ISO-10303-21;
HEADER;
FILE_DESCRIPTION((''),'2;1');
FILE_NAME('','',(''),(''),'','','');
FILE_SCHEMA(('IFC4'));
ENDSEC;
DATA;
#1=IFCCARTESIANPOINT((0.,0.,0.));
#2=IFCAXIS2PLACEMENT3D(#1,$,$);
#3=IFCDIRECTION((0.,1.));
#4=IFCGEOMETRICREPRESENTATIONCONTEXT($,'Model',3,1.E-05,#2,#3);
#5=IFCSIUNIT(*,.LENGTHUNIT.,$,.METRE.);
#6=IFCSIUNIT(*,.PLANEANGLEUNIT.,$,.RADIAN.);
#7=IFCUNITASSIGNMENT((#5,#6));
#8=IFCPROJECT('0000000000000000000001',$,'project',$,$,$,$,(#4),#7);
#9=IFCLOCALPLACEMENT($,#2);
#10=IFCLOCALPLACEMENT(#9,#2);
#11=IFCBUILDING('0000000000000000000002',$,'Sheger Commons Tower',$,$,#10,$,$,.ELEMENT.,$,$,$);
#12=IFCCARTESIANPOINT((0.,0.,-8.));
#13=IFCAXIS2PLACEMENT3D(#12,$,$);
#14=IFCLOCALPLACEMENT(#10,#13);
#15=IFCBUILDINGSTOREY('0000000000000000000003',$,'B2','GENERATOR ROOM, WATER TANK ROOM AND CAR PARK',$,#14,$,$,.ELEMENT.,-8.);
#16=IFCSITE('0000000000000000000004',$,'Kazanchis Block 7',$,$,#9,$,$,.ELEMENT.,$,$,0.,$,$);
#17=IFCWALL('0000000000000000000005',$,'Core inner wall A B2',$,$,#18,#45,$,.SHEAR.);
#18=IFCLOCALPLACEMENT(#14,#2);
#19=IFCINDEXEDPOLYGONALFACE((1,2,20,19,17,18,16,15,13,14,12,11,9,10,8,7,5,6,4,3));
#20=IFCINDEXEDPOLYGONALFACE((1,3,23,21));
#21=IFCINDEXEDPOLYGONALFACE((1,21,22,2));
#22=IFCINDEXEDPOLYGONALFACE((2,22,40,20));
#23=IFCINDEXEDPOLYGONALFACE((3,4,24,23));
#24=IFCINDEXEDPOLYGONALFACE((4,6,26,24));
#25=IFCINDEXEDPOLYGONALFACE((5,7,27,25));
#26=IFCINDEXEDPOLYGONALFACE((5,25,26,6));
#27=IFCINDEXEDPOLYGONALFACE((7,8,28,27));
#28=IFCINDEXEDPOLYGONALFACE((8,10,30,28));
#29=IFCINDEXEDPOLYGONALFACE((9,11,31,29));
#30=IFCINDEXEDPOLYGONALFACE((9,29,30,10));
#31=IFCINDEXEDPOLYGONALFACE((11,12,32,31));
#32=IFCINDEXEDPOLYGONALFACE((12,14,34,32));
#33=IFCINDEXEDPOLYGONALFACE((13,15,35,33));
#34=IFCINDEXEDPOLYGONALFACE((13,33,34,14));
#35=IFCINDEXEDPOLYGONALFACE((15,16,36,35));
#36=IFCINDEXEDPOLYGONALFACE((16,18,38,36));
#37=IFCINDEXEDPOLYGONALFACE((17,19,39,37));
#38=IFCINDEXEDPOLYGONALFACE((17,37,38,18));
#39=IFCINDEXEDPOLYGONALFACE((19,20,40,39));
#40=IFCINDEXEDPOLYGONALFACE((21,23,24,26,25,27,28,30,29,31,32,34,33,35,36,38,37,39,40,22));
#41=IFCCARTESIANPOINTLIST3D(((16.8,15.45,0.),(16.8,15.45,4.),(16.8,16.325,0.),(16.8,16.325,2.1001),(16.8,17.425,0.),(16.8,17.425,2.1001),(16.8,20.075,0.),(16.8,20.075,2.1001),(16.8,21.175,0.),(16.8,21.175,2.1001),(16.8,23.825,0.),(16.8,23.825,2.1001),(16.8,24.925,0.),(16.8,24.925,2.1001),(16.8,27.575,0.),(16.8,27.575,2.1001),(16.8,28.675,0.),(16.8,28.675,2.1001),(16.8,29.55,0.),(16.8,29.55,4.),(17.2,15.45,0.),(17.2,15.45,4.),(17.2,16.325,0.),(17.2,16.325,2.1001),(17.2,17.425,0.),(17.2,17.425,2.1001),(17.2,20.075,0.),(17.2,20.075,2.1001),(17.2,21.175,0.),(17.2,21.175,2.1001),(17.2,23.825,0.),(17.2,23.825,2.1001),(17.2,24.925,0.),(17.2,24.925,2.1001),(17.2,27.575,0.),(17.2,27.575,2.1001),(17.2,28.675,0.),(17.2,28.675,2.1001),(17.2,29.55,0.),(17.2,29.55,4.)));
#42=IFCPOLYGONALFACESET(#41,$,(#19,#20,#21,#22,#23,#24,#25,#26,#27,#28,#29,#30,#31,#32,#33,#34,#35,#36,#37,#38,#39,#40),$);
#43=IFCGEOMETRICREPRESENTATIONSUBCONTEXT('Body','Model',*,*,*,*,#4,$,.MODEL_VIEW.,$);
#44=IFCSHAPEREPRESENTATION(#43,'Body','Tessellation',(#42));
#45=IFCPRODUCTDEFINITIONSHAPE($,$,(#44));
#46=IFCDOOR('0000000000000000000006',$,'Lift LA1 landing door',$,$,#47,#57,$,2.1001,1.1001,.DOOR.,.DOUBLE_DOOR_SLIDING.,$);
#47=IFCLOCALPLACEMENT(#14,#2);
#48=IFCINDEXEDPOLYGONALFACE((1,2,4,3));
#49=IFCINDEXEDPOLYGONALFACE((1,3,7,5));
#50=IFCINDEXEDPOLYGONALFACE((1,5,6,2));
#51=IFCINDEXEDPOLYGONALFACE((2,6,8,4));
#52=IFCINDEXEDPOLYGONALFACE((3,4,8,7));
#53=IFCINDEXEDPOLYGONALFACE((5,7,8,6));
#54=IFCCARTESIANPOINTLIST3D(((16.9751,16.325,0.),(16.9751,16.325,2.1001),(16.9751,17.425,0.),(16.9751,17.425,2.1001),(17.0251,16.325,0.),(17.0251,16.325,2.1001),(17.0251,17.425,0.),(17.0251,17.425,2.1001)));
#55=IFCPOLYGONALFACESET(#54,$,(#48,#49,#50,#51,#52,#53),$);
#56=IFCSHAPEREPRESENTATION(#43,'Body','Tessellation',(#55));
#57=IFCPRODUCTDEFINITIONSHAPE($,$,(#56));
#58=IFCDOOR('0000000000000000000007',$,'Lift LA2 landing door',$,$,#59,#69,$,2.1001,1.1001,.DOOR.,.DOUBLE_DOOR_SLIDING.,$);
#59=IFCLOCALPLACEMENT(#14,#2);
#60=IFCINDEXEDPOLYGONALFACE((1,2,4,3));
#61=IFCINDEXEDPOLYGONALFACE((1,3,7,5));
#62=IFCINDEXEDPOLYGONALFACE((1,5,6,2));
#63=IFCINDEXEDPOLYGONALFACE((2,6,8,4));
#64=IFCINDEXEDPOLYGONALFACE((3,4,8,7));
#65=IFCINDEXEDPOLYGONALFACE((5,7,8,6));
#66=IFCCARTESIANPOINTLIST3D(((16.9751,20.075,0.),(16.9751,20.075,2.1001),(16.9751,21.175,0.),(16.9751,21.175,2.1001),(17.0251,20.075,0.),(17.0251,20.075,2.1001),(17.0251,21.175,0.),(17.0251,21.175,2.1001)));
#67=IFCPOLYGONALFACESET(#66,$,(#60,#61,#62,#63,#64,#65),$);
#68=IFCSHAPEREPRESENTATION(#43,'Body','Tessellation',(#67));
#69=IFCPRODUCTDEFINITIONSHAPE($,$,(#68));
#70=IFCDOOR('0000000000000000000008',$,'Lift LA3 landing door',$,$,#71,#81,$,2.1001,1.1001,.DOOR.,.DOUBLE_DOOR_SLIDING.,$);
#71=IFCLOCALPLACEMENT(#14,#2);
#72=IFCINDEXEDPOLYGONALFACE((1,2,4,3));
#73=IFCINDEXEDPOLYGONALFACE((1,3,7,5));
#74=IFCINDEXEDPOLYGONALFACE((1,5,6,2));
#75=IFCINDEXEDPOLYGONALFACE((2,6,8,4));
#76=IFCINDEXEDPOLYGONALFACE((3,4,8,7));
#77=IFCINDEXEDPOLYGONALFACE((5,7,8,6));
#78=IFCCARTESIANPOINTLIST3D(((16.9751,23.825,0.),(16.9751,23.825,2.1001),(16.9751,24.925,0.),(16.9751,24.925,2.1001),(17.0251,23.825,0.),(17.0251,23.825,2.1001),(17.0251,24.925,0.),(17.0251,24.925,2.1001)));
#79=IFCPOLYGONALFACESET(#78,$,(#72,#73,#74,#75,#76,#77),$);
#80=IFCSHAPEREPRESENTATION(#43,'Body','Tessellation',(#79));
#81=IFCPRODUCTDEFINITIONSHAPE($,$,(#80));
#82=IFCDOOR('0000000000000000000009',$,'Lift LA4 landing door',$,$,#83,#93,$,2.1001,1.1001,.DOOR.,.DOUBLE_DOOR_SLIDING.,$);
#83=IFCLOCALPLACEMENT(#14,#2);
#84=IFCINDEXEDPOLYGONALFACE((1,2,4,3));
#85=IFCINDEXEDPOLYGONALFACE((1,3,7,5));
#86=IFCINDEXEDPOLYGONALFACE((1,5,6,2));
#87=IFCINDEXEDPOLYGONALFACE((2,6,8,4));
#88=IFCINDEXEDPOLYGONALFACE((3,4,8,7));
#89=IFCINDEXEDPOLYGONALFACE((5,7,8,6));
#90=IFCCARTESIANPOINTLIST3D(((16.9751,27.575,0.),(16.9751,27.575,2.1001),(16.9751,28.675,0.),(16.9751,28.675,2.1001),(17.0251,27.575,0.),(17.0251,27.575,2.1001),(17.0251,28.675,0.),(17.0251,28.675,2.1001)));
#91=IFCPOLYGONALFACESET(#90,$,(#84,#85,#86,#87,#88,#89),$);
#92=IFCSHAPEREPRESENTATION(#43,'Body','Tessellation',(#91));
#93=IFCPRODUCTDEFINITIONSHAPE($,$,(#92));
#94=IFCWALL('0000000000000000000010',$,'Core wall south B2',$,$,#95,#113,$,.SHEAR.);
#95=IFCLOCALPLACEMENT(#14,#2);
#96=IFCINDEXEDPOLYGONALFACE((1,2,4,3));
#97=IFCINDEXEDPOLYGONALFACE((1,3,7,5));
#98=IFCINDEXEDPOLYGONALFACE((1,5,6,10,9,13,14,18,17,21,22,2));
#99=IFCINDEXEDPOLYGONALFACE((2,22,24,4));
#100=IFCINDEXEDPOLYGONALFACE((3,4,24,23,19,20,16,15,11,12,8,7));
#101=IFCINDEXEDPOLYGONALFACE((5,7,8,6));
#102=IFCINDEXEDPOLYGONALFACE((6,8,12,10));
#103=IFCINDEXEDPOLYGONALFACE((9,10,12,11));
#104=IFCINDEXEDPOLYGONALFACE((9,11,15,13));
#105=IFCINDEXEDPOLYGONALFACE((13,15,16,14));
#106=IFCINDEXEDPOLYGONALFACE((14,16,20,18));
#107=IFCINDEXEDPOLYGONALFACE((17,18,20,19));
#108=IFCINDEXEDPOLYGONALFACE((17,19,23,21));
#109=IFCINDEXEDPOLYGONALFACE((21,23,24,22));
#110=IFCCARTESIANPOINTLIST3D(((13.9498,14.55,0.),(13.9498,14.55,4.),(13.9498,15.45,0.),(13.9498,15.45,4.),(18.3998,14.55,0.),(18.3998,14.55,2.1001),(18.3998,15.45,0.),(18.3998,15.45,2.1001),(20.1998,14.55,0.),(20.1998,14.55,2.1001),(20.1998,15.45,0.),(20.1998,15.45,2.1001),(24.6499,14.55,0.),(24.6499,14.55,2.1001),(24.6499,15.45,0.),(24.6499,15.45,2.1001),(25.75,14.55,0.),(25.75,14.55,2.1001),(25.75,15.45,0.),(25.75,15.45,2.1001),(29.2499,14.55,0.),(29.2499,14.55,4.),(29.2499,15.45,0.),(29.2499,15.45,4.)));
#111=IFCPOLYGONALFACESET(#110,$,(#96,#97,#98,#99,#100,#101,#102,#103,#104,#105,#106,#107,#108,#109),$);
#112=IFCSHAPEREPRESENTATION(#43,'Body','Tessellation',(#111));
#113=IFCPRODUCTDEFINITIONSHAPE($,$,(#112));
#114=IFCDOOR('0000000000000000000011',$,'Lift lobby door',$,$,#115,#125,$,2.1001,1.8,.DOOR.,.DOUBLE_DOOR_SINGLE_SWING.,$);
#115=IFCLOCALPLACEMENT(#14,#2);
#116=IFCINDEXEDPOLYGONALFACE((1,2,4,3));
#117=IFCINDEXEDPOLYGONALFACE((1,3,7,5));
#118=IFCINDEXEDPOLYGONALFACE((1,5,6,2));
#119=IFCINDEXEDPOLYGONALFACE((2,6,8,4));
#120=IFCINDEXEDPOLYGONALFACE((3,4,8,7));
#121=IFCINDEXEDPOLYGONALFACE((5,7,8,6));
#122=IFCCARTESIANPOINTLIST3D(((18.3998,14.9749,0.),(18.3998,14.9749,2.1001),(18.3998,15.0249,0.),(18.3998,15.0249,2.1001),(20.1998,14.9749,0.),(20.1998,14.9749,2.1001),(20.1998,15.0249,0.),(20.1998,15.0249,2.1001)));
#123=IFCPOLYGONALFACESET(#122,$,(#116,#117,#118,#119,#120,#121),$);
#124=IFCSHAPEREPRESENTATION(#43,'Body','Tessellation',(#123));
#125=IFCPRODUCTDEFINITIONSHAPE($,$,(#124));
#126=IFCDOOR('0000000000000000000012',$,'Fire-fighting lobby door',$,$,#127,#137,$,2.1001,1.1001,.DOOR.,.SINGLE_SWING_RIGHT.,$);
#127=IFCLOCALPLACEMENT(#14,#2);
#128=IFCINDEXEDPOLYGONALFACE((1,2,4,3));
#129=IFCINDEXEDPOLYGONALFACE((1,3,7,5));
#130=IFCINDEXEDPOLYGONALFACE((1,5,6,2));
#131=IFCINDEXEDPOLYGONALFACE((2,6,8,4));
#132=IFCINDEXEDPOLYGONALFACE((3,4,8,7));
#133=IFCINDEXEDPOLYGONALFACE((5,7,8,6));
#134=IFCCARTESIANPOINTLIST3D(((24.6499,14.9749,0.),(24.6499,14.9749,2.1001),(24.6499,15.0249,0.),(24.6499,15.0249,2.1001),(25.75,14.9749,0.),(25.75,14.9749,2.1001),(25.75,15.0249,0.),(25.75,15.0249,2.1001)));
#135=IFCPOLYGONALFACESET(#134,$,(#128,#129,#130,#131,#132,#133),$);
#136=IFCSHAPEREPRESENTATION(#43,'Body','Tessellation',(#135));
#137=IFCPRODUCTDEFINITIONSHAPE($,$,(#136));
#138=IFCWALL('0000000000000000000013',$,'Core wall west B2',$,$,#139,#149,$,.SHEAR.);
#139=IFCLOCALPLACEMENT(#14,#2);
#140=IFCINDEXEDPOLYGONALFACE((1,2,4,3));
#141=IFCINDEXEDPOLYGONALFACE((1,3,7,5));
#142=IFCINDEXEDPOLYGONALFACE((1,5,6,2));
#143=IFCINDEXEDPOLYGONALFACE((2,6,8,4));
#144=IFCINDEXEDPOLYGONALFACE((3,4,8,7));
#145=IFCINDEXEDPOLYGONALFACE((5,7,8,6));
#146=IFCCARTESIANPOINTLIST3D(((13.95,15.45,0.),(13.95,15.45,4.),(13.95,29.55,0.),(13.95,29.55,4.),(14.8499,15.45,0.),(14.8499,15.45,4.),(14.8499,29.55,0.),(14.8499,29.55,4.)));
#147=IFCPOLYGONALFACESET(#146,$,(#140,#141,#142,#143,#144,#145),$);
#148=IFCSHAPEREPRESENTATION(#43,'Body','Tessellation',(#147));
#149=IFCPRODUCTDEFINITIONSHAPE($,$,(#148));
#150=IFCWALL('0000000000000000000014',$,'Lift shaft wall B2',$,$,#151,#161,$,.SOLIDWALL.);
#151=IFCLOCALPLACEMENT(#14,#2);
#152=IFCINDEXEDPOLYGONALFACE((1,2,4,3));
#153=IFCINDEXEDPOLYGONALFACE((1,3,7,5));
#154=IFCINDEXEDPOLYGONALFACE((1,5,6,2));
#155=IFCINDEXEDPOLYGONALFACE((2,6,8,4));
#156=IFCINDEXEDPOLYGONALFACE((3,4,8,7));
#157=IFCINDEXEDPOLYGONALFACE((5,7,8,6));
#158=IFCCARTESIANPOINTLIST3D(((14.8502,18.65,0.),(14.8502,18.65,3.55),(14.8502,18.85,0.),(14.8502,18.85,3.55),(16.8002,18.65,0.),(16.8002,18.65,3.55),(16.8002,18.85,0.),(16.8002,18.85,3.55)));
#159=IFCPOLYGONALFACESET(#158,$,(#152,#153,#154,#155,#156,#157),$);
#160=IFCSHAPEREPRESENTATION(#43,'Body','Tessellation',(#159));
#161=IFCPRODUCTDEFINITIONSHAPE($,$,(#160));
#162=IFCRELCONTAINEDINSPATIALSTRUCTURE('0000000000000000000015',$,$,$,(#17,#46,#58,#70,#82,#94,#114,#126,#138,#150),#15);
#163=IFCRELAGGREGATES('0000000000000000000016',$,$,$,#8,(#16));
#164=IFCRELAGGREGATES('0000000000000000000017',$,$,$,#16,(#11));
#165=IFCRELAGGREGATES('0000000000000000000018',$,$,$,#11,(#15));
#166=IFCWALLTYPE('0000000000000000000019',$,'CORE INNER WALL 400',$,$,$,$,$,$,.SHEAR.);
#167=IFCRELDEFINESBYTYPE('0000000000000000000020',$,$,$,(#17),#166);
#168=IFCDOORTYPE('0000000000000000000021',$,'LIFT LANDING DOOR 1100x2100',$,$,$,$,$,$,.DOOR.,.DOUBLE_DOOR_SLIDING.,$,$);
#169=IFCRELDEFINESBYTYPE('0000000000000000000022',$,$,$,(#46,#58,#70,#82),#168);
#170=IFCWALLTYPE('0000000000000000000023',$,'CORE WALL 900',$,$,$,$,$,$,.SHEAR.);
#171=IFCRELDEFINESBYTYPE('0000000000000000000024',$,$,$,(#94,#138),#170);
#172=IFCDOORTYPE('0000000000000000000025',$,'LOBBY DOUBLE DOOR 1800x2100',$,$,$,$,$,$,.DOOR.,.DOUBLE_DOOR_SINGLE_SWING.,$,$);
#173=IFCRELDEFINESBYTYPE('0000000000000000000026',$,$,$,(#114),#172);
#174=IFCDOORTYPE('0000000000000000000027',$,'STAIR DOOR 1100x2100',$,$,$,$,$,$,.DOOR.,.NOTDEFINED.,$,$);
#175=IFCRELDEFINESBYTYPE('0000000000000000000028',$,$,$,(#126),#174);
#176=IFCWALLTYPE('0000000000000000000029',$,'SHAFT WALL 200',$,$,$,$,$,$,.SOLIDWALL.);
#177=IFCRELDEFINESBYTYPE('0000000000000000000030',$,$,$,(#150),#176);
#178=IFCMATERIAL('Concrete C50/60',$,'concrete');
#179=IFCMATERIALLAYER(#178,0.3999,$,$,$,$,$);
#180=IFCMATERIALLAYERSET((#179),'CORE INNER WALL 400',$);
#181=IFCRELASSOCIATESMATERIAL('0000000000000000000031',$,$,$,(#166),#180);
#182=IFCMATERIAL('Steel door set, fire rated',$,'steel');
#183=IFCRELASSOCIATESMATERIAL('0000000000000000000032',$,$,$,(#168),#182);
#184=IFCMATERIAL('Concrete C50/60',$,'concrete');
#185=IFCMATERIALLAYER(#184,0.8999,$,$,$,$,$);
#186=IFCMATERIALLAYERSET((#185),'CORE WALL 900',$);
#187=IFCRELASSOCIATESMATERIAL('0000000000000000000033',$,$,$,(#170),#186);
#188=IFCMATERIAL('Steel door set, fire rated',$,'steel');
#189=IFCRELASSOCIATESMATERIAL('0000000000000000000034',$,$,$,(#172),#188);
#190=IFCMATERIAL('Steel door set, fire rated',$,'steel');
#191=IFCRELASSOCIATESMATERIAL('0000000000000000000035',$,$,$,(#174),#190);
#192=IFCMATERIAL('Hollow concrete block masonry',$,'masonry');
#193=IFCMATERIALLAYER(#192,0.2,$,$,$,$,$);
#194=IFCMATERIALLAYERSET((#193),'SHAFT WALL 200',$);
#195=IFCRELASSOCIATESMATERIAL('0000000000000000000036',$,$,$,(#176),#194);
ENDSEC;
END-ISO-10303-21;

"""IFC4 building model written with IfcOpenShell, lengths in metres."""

from ifc_helpers import new_model, si_unit, direction, frame, frame_2d, origin, place, context, subcontext, project, spatial, rectangle, extrude, material, layer, layer_set, type_object, element, fill, save


model = new_model("IFC4")

# Units and contexts
model_context = context("Model", 3, precision=1e-05, world=origin(), true_north=direction((0.0, 1.0)))
body_context = subcontext(model_context, "Body", "Model", "MODEL_VIEW")
ifc_project = project(units=[si_unit("LENGTHUNIT", "METRE"), si_unit("PLANEANGLEUNIT", "RADIAN")], contexts=[model_context])

# Site, building, storey
site_placement = place(None, origin())
site = spatial("IfcSite", under=ifc_project, at=site_placement, Name="Kazanchis Block 7", CompositionType="ELEMENT", RefElevation=0.0)
building_placement = place(site_placement, origin())
building = spatial("IfcBuilding", under=site, at=building_placement, Name="Sheger Commons Tower", CompositionType="ELEMENT")
storey_placement = place(building_placement, frame((0.0, 0.0, -8.0)))
storey = spatial("IfcBuildingStorey", under=building, at=storey_placement, Name="B2", Description="GENERATOR ROOM, WATER TANK ROOM AND CAR PARK", CompositionType="ELEMENT", Elevation=-8.0)

# Walls, openings, doors
ifc_material_1 = material(Name="Concrete C50/60", Category="concrete")
ifc_layer_1 = layer(ifc_material_1, 0.3999)
ifc_layer_set_1 = layer_set([ifc_layer_1], Name="CORE INNER WALL 400")
wall_type_1 = type_object("IfcWallType", Name="CORE INNER WALL 400", PredefinedType="SHEAR", material=ifc_layer_set_1)
wall_1_placement = place(storey_placement, frame((17.0, 15.45, 0.0), z_axis=(0.0, 0.0, 1.0), x_axis=(0.0, 1.0, 0.0)))
wall_1 = element("IfcWall", 1, at=wall_1_placement, inside=storey, type_object=wall_type_1, Name="Core inner wall A B2", PredefinedType="SHEAR", context=body_context, shape_type="SweptSolid", body=[
    extrude(rectangle(XDim=14.1001, YDim=0.3999, at=frame_2d((7.05, 0.0))), origin(), (0.0, 0.0, 1.0), 4.0),
])
opening_1_placement = place(wall_1_placement, frame((0.875, 0.0, 0.0)))
opening_1 = element("IfcOpeningElement", 2, at=opening_1_placement, cuts=wall_1, PredefinedType="OPENING", context=body_context, shape_type="SweptSolid", body=[
    extrude(rectangle(XDim=1.1001, YDim=2.1001, at=frame_2d((0.55, 1.05))), frame((0.0, 0.21, 0.0), z_axis=(0.0, -1.0, 0.0), x_axis=(1.0, 0.0, 0.0)), (0.0, 0.0, 1.0), 0.4199),
])
opening_2_placement = place(wall_1_placement, frame((4.625, 0.0, 0.0)))
opening_2 = element("IfcOpeningElement", 3, at=opening_2_placement, cuts=wall_1, PredefinedType="OPENING", context=body_context, shape_type="SweptSolid", body=[
    extrude(rectangle(XDim=1.1001, YDim=2.1001, at=frame_2d((0.55, 1.05))), frame((0.0, 0.21, 0.0), z_axis=(0.0, -1.0, 0.0), x_axis=(1.0, 0.0, 0.0)), (0.0, 0.0, 1.0), 0.4199),
])
opening_3_placement = place(wall_1_placement, frame((8.375, 0.0, 0.0)))
opening_3 = element("IfcOpeningElement", 4, at=opening_3_placement, cuts=wall_1, PredefinedType="OPENING", context=body_context, shape_type="SweptSolid", body=[
    extrude(rectangle(XDim=1.1001, YDim=2.1001, at=frame_2d((0.55, 1.05))), frame((0.0, 0.21, 0.0), z_axis=(0.0, -1.0, 0.0), x_axis=(1.0, 0.0, 0.0)), (0.0, 0.0, 1.0), 0.4199),
])
opening_4_placement = place(wall_1_placement, frame((12.125, 0.0, 0.0)))
opening_4 = element("IfcOpeningElement", 5, at=opening_4_placement, cuts=wall_1, PredefinedType="OPENING", context=body_context, shape_type="SweptSolid", body=[
    extrude(rectangle(XDim=1.1001, YDim=2.1001, at=frame_2d((0.55, 1.05))), frame((0.0, 0.21, 0.0), z_axis=(0.0, -1.0, 0.0), x_axis=(1.0, 0.0, 0.0)), (0.0, 0.0, 1.0), 0.4199),
])
ifc_material_2 = material(Name="Steel door set, fire rated", Category="steel")
door_type_1 = type_object("IfcDoorType", Name="LIFT LANDING DOOR 1100x2100", OperationType="DOUBLE_DOOR_SLIDING", PredefinedType="DOOR", material=ifc_material_2)
door_1_placement = place(opening_1_placement, origin())
door_1 = element("IfcDoor", 6, at=door_1_placement, inside=storey, type_object=door_type_1, Name="Lift LA1 landing door", OperationType="DOUBLE_DOOR_SLIDING", OverallHeight=2.1001, OverallWidth=1.1001, PredefinedType="DOOR", context=body_context, shape_type="SweptSolid", body=[
    extrude(rectangle(XDim=1.1001, YDim=2.1001, at=frame_2d((0.55, 1.05))), frame((0.0, 0.0249, 0.0), z_axis=(0.0, -1.0, 0.0), x_axis=(1.0, 0.0, 0.0)), (0.0, 0.0, 1.0), 0.05),
])
fill(opening_1, door_1)
door_2_placement = place(opening_2_placement, origin())
door_2 = element("IfcDoor", 7, at=door_2_placement, inside=storey, type_object=door_type_1, Name="Lift LA2 landing door", OperationType="DOUBLE_DOOR_SLIDING", OverallHeight=2.1001, OverallWidth=1.1001, PredefinedType="DOOR", context=body_context, shape_type="SweptSolid", body=[
    extrude(rectangle(XDim=1.1001, YDim=2.1001, at=frame_2d((0.55, 1.05))), frame((0.0, 0.0249, 0.0), z_axis=(0.0, -1.0, 0.0), x_axis=(1.0, 0.0, 0.0)), (0.0, 0.0, 1.0), 0.05),
])
fill(opening_2, door_2)
door_3_placement = place(opening_3_placement, origin())
door_3 = element("IfcDoor", 8, at=door_3_placement, inside=storey, type_object=door_type_1, Name="Lift LA3 landing door", OperationType="DOUBLE_DOOR_SLIDING", OverallHeight=2.1001, OverallWidth=1.1001, PredefinedType="DOOR", context=body_context, shape_type="SweptSolid", body=[
    extrude(rectangle(XDim=1.1001, YDim=2.1001, at=frame_2d((0.55, 1.05))), frame((0.0, 0.0249, 0.0), z_axis=(0.0, -1.0, 0.0), x_axis=(1.0, 0.0, 0.0)), (0.0, 0.0, 1.0), 0.05),
])
fill(opening_3, door_3)
door_4_placement = place(opening_4_placement, origin())
door_4 = element("IfcDoor", 9, at=door_4_placement, inside=storey, type_object=door_type_1, Name="Lift LA4 landing door", OperationType="DOUBLE_DOOR_SLIDING", OverallHeight=2.1001, OverallWidth=1.1001, PredefinedType="DOOR", context=body_context, shape_type="SweptSolid", body=[
    extrude(rectangle(XDim=1.1001, YDim=2.1001, at=frame_2d((0.55, 1.05))), frame((0.0, 0.0249, 0.0), z_axis=(0.0, -1.0, 0.0), x_axis=(1.0, 0.0, 0.0)), (0.0, 0.0, 1.0), 0.05),
])
fill(opening_4, door_4)
ifc_material_3 = material(Name="Concrete C50/60", Category="concrete")
ifc_layer_2 = layer(ifc_material_3, 0.8999)
ifc_layer_set_2 = layer_set([ifc_layer_2], Name="CORE WALL 900")
wall_type_2 = type_object("IfcWallType", Name="CORE WALL 900", PredefinedType="SHEAR", material=ifc_layer_set_2)
wall_2_placement = place(storey_placement, frame((13.95, 15.0, 0.0), z_axis=(0.0, 0.0, 1.0), x_axis=(1.0, 0.0, 0.0)))
wall_2 = element("IfcWall", 10, at=wall_2_placement, inside=storey, type_object=wall_type_2, Name="Core wall south B2", PredefinedType="SHEAR", context=body_context, shape_type="SweptSolid", body=[
    extrude(rectangle(XDim=15.3, YDim=0.8999, at=frame_2d((7.6499, 0.0))), origin(), (0.0, 0.0, 1.0), 4.0),
])
opening_5_placement = place(wall_2_placement, frame((4.45, 0.0, 0.0)))
opening_5 = element("IfcOpeningElement", 11, at=opening_5_placement, cuts=wall_2, PredefinedType="OPENING", context=body_context, shape_type="SweptSolid", body=[
    extrude(rectangle(XDim=1.8, YDim=2.1001, at=frame_2d((0.8999, 1.05))), frame((0.0, 0.46, 0.0), z_axis=(0.0, -1.0, 0.0), x_axis=(1.0, 0.0, 0.0)), (0.0, 0.0, 1.0), 0.9199),
])
opening_6_placement = place(wall_2_placement, frame((10.7, 0.0, 0.0)))
opening_6 = element("IfcOpeningElement", 12, at=opening_6_placement, cuts=wall_2, PredefinedType="OPENING", context=body_context, shape_type="SweptSolid", body=[
    extrude(rectangle(XDim=1.1001, YDim=2.1001, at=frame_2d((0.55, 1.05))), frame((0.0, 0.46, 0.0), z_axis=(0.0, -1.0, 0.0), x_axis=(1.0, 0.0, 0.0)), (0.0, 0.0, 1.0), 0.9199),
])
ifc_material_4 = material(Name="Steel door set, fire rated", Category="steel")
door_type_2 = type_object("IfcDoorType", Name="LOBBY DOUBLE DOOR 1800x2100", OperationType="DOUBLE_DOOR_SINGLE_SWING", PredefinedType="DOOR", material=ifc_material_4)
door_5_placement = place(opening_5_placement, origin())
door_5 = element("IfcDoor", 13, at=door_5_placement, inside=storey, type_object=door_type_2, Name="Lift lobby door", OperationType="DOUBLE_DOOR_SINGLE_SWING", OverallHeight=2.1001, OverallWidth=1.8, PredefinedType="DOOR", context=body_context, shape_type="SweptSolid", body=[
    extrude(rectangle(XDim=1.8, YDim=2.1001, at=frame_2d((0.8999, 1.05))), frame((0.0, 0.0249, 0.0), z_axis=(0.0, -1.0, 0.0), x_axis=(1.0, 0.0, 0.0)), (0.0, 0.0, 1.0), 0.05),
])
fill(opening_5, door_5)
ifc_material_5 = material(Name="Steel door set, fire rated", Category="steel")
door_type_3 = type_object("IfcDoorType", Name="STAIR DOOR 1100x2100", OperationType="NOTDEFINED", PredefinedType="DOOR", material=ifc_material_5)
door_6_placement = place(opening_6_placement, origin())
door_6 = element("IfcDoor", 14, at=door_6_placement, inside=storey, type_object=door_type_3, Name="Fire-fighting lobby door", OperationType="SINGLE_SWING_RIGHT", OverallHeight=2.1001, OverallWidth=1.1001, PredefinedType="DOOR", context=body_context, shape_type="SweptSolid", body=[
    extrude(rectangle(XDim=1.1001, YDim=2.1001, at=frame_2d((0.55, 1.05))), frame((0.0, 0.0249, 0.0), z_axis=(0.0, -1.0, 0.0), x_axis=(1.0, 0.0, 0.0)), (0.0, 0.0, 1.0), 0.05),
])
fill(opening_6, door_6)

# Walls
wall_3_placement = place(storey_placement, frame((14.3999, 15.45, 0.0), z_axis=(0.0, 0.0, 1.0), x_axis=(0.0, 1.0, 0.0)))
element("IfcWall", 15, at=wall_3_placement, inside=storey, type_object=wall_type_2, Name="Core wall west B2", PredefinedType="SHEAR", context=body_context, shape_type="SweptSolid", body=[
    extrude(rectangle(XDim=14.1001, YDim=0.8999, at=frame_2d((7.05, 0.0))), origin(), (0.0, 0.0, 1.0), 4.0),
])
ifc_material_6 = material(Name="Hollow concrete block masonry", Category="masonry")
ifc_layer_3 = layer(ifc_material_6, 0.2)
ifc_layer_set_3 = layer_set([ifc_layer_3], Name="SHAFT WALL 200")
wall_type_3 = type_object("IfcWallType", Name="SHAFT WALL 200", PredefinedType="SOLIDWALL", material=ifc_layer_set_3)
for number, where, z_axis, x_axis, name in (
    (16, (14.8501, 18.75, 0.0), (0.0, 0.0, 1.0), (1.0, 0.0, 0.0), "Lift shaft wall B2"),
):
    element("IfcWall", number, at=place(storey_placement, frame(where, z_axis=z_axis, x_axis=x_axis)), inside=storey, type_object=wall_type_3, Name=name, PredefinedType="SOLIDWALL", context=body_context, shape_type="SweptSolid", body=[
        extrude(rectangle(XDim=1.95, YDim=0.2, at=frame_2d((0.9751, 0.0))), origin(), (0.0, 0.0, 1.0), 3.55),
    ])

save(model, "model.ifc")
